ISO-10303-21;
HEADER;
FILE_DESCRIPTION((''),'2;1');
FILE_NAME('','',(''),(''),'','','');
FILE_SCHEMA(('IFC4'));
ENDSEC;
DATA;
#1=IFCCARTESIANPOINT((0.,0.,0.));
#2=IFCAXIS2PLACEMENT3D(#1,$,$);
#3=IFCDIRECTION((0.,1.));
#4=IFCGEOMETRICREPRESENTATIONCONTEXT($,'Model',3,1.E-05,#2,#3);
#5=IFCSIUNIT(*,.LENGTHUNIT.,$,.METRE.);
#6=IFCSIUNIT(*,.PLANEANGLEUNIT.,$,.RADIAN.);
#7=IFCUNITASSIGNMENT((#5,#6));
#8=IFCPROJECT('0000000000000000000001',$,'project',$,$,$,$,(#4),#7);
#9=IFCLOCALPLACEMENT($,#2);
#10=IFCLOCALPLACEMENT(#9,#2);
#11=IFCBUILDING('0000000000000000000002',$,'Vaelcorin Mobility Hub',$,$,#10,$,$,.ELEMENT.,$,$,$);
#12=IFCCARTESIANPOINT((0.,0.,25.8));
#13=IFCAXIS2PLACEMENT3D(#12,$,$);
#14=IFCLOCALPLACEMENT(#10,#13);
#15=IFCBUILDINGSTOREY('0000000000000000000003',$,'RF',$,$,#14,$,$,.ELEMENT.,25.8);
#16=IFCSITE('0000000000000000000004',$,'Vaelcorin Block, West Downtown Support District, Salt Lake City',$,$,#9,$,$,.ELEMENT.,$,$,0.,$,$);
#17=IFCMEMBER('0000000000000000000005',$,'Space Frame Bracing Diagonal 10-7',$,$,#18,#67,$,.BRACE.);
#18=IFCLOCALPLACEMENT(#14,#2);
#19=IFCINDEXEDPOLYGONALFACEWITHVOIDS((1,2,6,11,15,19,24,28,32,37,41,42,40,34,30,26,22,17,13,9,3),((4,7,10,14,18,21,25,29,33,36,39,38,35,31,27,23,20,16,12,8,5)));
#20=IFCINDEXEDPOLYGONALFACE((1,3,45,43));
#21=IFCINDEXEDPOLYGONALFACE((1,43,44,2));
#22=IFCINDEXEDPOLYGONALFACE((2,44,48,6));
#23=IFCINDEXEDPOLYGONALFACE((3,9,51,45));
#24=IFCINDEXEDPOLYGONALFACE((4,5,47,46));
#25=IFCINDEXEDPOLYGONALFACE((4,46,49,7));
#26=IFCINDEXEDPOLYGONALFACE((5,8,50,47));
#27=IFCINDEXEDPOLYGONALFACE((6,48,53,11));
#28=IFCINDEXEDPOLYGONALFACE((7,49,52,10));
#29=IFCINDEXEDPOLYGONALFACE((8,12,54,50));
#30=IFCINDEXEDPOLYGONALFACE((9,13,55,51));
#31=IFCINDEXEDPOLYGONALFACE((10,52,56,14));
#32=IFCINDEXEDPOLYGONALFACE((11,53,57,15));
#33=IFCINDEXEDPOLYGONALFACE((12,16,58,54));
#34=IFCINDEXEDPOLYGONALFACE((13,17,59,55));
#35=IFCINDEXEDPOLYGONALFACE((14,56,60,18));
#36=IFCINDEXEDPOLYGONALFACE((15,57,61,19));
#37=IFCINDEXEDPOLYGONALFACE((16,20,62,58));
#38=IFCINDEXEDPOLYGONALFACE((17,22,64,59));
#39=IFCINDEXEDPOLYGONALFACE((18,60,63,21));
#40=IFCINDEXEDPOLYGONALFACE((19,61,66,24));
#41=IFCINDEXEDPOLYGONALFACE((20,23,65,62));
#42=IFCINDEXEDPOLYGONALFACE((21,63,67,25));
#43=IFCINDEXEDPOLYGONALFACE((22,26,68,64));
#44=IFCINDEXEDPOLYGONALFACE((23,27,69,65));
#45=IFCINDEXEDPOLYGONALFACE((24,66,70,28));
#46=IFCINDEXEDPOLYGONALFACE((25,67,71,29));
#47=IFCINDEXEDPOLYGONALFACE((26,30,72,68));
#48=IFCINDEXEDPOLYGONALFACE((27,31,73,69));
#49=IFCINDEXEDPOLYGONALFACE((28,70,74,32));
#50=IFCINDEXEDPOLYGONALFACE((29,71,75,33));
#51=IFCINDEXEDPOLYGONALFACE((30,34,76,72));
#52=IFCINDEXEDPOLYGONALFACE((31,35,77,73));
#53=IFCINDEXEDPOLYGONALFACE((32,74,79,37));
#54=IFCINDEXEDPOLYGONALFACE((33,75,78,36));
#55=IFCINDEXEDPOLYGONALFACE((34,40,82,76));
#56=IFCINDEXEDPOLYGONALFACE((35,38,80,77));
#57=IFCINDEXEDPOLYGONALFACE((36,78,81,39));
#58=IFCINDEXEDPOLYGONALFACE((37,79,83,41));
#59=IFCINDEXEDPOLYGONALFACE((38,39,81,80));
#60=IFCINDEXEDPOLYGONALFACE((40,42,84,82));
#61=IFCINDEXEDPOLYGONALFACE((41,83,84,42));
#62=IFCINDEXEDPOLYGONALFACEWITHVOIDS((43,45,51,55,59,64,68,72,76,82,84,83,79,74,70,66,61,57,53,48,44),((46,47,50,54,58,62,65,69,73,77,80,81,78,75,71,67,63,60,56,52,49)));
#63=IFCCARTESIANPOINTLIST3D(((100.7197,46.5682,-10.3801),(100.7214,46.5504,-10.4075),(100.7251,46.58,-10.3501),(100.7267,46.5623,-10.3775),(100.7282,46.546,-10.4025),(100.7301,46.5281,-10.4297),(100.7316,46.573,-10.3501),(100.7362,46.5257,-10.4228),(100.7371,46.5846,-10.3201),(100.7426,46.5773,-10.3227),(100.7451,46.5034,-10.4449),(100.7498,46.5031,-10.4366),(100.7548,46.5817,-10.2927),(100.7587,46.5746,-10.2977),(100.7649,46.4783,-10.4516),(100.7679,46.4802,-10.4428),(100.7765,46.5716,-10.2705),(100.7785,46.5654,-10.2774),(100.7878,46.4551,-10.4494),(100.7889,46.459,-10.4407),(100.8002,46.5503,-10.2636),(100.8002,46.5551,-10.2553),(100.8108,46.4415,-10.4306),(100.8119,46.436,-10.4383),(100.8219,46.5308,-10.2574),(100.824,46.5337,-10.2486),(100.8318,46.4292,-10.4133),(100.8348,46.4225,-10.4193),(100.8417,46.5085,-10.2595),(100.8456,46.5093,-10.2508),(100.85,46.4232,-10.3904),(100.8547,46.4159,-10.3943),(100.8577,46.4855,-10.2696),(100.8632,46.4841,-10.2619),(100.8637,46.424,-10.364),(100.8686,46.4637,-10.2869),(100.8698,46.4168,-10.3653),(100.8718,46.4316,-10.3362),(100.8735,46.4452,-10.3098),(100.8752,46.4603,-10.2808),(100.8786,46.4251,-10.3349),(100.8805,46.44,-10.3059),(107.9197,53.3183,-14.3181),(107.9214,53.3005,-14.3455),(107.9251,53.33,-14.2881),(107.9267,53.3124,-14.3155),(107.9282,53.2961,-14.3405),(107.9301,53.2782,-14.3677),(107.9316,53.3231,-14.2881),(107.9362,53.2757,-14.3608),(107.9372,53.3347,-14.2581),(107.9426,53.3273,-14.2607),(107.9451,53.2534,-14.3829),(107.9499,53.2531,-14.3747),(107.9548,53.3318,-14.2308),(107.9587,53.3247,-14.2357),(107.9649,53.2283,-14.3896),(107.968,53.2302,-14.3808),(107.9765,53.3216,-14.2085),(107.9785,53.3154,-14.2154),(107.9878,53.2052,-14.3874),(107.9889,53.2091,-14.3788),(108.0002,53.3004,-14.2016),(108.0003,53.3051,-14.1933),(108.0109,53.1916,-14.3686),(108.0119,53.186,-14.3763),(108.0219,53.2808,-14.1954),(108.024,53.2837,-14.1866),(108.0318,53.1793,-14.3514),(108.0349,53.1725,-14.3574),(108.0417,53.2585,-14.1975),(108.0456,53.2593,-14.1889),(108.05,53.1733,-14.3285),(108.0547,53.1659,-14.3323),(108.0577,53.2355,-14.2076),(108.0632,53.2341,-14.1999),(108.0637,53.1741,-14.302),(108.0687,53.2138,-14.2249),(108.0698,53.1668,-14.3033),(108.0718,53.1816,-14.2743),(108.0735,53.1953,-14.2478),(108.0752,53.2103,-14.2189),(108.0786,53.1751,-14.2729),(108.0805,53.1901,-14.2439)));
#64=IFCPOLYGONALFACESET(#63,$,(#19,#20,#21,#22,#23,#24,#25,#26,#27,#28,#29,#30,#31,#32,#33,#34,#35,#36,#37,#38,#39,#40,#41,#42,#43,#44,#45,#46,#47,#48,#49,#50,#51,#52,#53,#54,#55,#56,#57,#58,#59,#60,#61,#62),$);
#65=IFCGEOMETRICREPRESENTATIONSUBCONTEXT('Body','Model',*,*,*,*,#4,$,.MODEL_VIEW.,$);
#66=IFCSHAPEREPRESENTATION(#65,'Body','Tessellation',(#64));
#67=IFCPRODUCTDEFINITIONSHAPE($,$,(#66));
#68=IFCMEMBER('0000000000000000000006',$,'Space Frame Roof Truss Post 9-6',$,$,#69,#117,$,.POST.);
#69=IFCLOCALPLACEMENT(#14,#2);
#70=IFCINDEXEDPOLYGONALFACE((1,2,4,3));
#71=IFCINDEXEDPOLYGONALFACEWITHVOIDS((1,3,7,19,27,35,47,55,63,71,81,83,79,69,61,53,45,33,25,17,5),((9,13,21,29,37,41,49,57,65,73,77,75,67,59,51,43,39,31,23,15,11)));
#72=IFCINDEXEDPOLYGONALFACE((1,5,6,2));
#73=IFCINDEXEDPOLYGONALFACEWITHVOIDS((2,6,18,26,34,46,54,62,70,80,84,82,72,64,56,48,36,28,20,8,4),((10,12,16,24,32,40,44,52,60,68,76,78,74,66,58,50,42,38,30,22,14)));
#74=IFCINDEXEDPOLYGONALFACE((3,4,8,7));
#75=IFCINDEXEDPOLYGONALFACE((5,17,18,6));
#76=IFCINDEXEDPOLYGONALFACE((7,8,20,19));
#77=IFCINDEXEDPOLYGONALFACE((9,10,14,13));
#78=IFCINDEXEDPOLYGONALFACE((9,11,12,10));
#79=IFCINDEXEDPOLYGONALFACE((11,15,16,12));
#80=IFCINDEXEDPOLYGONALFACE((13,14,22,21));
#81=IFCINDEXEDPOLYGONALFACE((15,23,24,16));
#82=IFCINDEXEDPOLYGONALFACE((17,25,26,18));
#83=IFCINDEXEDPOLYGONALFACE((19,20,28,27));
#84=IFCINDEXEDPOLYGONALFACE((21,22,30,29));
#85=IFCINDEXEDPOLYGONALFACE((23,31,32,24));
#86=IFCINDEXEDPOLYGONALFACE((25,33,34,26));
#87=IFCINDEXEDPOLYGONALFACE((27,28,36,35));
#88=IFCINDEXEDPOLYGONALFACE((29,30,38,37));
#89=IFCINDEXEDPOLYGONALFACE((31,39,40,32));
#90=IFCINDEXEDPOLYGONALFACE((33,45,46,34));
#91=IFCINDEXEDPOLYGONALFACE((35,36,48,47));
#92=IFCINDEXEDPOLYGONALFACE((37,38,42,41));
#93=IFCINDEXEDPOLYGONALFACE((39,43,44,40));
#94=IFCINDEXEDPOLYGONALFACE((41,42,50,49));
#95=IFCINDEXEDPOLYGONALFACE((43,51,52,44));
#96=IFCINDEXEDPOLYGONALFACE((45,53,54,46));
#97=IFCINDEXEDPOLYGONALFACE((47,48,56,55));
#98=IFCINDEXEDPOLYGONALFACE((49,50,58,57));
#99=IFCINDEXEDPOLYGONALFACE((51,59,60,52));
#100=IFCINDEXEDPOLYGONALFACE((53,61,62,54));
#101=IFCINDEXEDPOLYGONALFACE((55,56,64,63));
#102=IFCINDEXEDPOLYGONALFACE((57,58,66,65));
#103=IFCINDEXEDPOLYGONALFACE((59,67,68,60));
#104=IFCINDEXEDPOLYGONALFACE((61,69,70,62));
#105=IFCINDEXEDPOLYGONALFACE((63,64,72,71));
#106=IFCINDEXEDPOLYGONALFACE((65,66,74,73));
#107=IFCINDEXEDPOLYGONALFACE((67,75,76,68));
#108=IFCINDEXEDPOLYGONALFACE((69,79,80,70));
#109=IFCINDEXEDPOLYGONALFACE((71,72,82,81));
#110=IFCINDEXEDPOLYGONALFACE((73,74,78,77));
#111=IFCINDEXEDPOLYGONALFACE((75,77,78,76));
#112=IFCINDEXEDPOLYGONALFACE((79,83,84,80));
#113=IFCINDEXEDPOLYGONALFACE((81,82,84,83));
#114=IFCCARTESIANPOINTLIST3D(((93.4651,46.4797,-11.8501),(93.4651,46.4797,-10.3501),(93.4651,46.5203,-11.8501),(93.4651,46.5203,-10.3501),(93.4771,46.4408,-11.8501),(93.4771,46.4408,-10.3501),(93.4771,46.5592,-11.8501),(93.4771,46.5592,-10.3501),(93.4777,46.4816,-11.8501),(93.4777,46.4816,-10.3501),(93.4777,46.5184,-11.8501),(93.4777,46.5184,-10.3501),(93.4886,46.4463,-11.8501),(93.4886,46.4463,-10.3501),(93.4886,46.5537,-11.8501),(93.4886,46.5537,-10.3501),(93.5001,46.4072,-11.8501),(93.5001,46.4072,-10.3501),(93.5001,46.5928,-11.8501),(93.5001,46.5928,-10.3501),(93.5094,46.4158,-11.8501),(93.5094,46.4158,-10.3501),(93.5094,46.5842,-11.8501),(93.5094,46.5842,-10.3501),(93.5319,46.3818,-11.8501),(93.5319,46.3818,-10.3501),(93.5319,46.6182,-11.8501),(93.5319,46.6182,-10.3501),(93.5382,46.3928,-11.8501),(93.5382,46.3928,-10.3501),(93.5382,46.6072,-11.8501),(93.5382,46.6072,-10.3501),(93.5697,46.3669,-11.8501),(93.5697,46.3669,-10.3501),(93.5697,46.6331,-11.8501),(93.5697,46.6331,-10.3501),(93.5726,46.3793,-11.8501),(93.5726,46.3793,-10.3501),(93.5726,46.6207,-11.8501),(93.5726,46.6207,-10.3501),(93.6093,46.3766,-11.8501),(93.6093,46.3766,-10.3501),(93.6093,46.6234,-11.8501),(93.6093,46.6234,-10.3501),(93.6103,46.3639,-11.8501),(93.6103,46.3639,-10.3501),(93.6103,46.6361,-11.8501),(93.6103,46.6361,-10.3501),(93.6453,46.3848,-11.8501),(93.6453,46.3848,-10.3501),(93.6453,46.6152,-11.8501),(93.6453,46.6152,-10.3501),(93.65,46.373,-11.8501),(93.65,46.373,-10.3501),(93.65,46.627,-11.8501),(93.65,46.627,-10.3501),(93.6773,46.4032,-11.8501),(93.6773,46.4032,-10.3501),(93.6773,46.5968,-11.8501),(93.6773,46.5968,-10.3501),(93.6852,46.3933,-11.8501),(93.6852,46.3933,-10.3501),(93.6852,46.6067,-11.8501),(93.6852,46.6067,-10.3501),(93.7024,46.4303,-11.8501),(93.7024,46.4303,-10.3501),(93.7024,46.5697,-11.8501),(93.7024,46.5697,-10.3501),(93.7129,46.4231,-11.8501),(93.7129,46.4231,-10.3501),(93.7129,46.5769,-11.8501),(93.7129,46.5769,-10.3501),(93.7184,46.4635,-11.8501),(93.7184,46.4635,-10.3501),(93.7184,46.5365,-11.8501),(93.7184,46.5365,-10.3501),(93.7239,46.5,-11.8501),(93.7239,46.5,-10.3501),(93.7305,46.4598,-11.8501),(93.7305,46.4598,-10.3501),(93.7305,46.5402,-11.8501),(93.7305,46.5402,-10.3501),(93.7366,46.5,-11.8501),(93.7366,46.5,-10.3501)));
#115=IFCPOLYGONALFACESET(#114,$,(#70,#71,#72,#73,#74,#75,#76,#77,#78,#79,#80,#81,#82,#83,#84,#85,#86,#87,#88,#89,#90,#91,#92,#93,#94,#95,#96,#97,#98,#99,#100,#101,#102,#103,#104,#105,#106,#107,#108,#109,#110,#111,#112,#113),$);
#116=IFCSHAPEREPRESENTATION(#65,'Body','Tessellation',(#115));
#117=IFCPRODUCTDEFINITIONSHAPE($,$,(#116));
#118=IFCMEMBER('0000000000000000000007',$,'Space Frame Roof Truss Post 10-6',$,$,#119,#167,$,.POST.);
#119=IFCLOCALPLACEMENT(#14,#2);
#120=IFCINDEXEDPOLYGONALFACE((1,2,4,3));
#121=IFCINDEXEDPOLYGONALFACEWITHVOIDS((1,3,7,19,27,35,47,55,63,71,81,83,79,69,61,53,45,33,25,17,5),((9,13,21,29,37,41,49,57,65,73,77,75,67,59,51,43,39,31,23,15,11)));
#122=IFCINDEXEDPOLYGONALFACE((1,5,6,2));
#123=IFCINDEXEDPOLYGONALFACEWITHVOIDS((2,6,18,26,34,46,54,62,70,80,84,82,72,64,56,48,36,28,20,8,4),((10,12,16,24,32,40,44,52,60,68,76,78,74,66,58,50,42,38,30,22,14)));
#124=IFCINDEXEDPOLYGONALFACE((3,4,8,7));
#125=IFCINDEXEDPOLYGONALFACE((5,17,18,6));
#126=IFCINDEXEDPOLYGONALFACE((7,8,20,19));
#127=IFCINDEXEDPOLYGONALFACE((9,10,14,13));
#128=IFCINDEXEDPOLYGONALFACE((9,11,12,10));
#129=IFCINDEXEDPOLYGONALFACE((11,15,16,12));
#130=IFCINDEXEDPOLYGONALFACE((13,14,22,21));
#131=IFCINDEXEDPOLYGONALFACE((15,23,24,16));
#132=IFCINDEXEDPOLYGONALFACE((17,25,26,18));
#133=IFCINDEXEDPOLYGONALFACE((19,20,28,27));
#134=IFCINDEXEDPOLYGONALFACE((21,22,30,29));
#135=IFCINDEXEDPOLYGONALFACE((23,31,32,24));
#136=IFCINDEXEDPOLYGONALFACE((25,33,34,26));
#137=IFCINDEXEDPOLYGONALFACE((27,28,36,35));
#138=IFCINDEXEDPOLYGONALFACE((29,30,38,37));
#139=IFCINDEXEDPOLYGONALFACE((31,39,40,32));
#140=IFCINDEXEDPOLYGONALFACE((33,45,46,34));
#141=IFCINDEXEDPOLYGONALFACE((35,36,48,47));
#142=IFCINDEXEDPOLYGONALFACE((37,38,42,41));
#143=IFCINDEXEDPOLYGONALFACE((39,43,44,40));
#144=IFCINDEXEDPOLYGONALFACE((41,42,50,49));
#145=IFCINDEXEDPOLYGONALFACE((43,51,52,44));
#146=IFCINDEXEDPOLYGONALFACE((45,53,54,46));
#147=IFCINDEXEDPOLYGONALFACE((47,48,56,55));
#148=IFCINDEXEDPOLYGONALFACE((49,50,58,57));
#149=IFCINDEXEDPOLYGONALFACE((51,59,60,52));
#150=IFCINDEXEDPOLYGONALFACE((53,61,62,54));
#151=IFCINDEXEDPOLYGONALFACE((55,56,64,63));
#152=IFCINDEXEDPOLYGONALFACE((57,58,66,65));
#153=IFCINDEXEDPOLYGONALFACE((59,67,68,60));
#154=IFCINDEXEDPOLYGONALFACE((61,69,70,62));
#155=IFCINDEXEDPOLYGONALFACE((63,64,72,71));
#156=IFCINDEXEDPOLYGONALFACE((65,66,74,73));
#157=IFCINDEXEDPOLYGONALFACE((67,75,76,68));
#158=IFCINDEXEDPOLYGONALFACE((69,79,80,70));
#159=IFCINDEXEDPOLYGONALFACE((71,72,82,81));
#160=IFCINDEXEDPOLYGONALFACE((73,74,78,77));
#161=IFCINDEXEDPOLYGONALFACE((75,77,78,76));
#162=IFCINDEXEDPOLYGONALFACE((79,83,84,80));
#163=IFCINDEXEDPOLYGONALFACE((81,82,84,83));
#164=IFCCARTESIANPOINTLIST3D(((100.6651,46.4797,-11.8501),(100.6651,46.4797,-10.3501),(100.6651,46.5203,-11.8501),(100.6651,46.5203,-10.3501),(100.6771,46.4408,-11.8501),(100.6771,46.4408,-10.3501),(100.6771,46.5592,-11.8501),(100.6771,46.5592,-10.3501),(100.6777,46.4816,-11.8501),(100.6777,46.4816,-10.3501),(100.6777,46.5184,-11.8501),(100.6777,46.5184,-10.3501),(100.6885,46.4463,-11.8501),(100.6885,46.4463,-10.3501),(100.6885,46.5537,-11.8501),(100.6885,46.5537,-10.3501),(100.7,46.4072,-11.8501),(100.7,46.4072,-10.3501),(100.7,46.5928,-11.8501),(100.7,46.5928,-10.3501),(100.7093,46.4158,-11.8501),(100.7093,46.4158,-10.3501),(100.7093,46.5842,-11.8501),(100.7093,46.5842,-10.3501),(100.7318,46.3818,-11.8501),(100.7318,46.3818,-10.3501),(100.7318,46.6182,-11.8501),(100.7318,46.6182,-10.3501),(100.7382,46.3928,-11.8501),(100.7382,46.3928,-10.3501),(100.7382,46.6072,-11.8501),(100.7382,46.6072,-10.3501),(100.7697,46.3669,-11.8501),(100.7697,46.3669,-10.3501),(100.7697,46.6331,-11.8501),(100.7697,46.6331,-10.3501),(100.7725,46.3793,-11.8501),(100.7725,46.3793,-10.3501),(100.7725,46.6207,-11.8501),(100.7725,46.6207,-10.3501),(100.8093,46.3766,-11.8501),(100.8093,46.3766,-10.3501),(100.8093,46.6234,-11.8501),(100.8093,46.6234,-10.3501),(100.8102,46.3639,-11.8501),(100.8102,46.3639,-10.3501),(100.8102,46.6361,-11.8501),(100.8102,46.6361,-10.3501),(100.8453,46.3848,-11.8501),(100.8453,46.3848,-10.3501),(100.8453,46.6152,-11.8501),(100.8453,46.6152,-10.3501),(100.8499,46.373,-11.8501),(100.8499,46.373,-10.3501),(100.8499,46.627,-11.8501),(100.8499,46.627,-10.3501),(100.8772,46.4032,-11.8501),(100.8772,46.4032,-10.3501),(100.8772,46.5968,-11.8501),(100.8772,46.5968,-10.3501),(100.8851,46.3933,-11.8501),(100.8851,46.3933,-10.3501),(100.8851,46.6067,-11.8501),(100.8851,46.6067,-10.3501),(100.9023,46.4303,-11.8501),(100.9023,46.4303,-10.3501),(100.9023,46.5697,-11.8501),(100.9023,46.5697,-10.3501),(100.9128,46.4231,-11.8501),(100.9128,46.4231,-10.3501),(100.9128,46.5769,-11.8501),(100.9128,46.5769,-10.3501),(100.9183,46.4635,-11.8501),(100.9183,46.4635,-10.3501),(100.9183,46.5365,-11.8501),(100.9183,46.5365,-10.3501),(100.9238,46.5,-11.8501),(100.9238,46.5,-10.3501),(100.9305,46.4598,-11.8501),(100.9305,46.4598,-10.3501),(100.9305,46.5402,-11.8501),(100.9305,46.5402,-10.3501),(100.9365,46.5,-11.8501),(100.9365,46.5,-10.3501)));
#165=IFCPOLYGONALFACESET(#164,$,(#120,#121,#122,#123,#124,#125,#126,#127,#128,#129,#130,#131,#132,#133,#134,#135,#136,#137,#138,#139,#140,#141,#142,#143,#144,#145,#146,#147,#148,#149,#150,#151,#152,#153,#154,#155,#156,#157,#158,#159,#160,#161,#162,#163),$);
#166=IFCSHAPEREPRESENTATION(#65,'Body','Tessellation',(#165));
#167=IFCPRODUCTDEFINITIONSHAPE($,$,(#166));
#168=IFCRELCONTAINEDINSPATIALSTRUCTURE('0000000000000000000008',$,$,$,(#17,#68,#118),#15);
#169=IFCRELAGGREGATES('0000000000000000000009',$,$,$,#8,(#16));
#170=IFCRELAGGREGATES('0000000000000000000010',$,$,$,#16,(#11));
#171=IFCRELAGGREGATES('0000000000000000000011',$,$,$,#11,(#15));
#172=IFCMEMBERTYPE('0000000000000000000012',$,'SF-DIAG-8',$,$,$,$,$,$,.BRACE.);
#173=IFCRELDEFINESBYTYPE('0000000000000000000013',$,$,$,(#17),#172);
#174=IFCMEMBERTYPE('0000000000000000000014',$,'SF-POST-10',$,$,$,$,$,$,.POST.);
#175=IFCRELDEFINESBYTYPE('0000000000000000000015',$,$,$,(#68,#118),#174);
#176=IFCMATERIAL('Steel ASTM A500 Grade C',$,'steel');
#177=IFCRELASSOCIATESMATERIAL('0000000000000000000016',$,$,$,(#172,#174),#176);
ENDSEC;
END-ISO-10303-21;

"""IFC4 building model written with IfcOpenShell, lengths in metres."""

from ifc_helpers import new_model, si_unit, direction, frame, origin, origin_2d, place, context, subcontext, project, spatial, hollow_circle, extrude, material, material_profile, profile_set, type_object, element, save


model = new_model("IFC4")

# Units and contexts
model_context = context("Model", 3, precision=1e-05, world=origin(), true_north=direction((0.0, 1.0)))
body_context = subcontext(model_context, "Body", "Model", "MODEL_VIEW")
ifc_project = project(units=[si_unit("LENGTHUNIT", "METRE"), si_unit("PLANEANGLEUNIT", "RADIAN")], contexts=[model_context])

# Site, building, storey
site_placement = place(None, origin())
site = spatial("IfcSite", under=ifc_project, at=site_placement, Name="Vaelcorin Block, West Downtown Support District, Salt Lake City", CompositionType="ELEMENT", RefElevation=0.0)
building_placement = place(site_placement, origin())
building = spatial("IfcBuilding", under=site, at=building_placement, Name="Vaelcorin Mobility Hub", CompositionType="ELEMENT")
storey_placement = place(building_placement, frame((0.0, 0.0, 25.8)))
storey = spatial("IfcBuildingStorey", under=building, at=storey_placement, Name="RF", CompositionType="ELEMENT", Elevation=25.8)

# Members
ifc_material_1 = material(Name="Steel ASTM A500 Grade C", Category="steel")
ifc_material_profile_1 = material_profile(ifc_material_1, hollow_circle(Radius=0.1096, WallThickness=0.0095, at=origin_2d()), Name="HSS8.625X0.375")
ifc_profile_set_1 = profile_set([ifc_material_profile_1], Name="Steel ASTM A500 Grade C")
member_type_1 = type_object("IfcMemberType", Name="SF-DIAG-8", PredefinedType="BRACE", material=ifc_profile_set_1)
for number, where, z_axis, x_axis, name in (
    (1, (100.8, 46.5, -10.3501), (0.677586, 0.635241, -0.370603), (-0.683944, 0.729535, 0.0), "Space Frame Bracing Diagonal 10-7"),
):
    element("IfcMember", number, at=place(storey_placement, frame(where, z_axis=z_axis, x_axis=x_axis)), inside=storey, type_object=member_type_1, Name=name, PredefinedType="BRACE", context=body_context, shape_type="SweptSolid", body=[
        extrude(hollow_circle(Radius=0.1096, WallThickness=0.0095, at=origin_2d()), origin(), (0.0, 0.0, 1.0), 10.626),
    ])
ifc_material_profile_2 = material_profile(ifc_material_1, hollow_circle(Radius=0.1365, WallThickness=0.0127, at=origin_2d()), Name="HSS10.750X0.500")
ifc_profile_set_2 = profile_set([ifc_material_profile_2], Name="Steel ASTM A500 Grade C")
member_type_2 = type_object("IfcMemberType", Name="SF-POST-10", PredefinedType="POST", material=ifc_profile_set_2)
for number, where, z_axis, x_axis, name in (
    (2, (93.6001, 46.5, -11.8501), (0.0, 0.0, 1.0), (1.0, 0.0, 0.0), "Space Frame Roof Truss Post 9-6"),
    (3, (100.8, 46.5, -11.8501), (0.0, 0.0, 1.0), (1.0, 0.0, 0.0), "Space Frame Roof Truss Post 10-6"),
):
    element("IfcMember", number, at=place(storey_placement, frame(where, z_axis=z_axis, x_axis=x_axis)), inside=storey, type_object=member_type_2, Name=name, PredefinedType="POST", context=body_context, shape_type="SweptSolid", body=[
        extrude(hollow_circle(Radius=0.1365, WallThickness=0.0127, at=origin_2d()), origin(), (0.0, 0.0, 1.0), 1.5),
    ])

save(model, "model.ifc")
